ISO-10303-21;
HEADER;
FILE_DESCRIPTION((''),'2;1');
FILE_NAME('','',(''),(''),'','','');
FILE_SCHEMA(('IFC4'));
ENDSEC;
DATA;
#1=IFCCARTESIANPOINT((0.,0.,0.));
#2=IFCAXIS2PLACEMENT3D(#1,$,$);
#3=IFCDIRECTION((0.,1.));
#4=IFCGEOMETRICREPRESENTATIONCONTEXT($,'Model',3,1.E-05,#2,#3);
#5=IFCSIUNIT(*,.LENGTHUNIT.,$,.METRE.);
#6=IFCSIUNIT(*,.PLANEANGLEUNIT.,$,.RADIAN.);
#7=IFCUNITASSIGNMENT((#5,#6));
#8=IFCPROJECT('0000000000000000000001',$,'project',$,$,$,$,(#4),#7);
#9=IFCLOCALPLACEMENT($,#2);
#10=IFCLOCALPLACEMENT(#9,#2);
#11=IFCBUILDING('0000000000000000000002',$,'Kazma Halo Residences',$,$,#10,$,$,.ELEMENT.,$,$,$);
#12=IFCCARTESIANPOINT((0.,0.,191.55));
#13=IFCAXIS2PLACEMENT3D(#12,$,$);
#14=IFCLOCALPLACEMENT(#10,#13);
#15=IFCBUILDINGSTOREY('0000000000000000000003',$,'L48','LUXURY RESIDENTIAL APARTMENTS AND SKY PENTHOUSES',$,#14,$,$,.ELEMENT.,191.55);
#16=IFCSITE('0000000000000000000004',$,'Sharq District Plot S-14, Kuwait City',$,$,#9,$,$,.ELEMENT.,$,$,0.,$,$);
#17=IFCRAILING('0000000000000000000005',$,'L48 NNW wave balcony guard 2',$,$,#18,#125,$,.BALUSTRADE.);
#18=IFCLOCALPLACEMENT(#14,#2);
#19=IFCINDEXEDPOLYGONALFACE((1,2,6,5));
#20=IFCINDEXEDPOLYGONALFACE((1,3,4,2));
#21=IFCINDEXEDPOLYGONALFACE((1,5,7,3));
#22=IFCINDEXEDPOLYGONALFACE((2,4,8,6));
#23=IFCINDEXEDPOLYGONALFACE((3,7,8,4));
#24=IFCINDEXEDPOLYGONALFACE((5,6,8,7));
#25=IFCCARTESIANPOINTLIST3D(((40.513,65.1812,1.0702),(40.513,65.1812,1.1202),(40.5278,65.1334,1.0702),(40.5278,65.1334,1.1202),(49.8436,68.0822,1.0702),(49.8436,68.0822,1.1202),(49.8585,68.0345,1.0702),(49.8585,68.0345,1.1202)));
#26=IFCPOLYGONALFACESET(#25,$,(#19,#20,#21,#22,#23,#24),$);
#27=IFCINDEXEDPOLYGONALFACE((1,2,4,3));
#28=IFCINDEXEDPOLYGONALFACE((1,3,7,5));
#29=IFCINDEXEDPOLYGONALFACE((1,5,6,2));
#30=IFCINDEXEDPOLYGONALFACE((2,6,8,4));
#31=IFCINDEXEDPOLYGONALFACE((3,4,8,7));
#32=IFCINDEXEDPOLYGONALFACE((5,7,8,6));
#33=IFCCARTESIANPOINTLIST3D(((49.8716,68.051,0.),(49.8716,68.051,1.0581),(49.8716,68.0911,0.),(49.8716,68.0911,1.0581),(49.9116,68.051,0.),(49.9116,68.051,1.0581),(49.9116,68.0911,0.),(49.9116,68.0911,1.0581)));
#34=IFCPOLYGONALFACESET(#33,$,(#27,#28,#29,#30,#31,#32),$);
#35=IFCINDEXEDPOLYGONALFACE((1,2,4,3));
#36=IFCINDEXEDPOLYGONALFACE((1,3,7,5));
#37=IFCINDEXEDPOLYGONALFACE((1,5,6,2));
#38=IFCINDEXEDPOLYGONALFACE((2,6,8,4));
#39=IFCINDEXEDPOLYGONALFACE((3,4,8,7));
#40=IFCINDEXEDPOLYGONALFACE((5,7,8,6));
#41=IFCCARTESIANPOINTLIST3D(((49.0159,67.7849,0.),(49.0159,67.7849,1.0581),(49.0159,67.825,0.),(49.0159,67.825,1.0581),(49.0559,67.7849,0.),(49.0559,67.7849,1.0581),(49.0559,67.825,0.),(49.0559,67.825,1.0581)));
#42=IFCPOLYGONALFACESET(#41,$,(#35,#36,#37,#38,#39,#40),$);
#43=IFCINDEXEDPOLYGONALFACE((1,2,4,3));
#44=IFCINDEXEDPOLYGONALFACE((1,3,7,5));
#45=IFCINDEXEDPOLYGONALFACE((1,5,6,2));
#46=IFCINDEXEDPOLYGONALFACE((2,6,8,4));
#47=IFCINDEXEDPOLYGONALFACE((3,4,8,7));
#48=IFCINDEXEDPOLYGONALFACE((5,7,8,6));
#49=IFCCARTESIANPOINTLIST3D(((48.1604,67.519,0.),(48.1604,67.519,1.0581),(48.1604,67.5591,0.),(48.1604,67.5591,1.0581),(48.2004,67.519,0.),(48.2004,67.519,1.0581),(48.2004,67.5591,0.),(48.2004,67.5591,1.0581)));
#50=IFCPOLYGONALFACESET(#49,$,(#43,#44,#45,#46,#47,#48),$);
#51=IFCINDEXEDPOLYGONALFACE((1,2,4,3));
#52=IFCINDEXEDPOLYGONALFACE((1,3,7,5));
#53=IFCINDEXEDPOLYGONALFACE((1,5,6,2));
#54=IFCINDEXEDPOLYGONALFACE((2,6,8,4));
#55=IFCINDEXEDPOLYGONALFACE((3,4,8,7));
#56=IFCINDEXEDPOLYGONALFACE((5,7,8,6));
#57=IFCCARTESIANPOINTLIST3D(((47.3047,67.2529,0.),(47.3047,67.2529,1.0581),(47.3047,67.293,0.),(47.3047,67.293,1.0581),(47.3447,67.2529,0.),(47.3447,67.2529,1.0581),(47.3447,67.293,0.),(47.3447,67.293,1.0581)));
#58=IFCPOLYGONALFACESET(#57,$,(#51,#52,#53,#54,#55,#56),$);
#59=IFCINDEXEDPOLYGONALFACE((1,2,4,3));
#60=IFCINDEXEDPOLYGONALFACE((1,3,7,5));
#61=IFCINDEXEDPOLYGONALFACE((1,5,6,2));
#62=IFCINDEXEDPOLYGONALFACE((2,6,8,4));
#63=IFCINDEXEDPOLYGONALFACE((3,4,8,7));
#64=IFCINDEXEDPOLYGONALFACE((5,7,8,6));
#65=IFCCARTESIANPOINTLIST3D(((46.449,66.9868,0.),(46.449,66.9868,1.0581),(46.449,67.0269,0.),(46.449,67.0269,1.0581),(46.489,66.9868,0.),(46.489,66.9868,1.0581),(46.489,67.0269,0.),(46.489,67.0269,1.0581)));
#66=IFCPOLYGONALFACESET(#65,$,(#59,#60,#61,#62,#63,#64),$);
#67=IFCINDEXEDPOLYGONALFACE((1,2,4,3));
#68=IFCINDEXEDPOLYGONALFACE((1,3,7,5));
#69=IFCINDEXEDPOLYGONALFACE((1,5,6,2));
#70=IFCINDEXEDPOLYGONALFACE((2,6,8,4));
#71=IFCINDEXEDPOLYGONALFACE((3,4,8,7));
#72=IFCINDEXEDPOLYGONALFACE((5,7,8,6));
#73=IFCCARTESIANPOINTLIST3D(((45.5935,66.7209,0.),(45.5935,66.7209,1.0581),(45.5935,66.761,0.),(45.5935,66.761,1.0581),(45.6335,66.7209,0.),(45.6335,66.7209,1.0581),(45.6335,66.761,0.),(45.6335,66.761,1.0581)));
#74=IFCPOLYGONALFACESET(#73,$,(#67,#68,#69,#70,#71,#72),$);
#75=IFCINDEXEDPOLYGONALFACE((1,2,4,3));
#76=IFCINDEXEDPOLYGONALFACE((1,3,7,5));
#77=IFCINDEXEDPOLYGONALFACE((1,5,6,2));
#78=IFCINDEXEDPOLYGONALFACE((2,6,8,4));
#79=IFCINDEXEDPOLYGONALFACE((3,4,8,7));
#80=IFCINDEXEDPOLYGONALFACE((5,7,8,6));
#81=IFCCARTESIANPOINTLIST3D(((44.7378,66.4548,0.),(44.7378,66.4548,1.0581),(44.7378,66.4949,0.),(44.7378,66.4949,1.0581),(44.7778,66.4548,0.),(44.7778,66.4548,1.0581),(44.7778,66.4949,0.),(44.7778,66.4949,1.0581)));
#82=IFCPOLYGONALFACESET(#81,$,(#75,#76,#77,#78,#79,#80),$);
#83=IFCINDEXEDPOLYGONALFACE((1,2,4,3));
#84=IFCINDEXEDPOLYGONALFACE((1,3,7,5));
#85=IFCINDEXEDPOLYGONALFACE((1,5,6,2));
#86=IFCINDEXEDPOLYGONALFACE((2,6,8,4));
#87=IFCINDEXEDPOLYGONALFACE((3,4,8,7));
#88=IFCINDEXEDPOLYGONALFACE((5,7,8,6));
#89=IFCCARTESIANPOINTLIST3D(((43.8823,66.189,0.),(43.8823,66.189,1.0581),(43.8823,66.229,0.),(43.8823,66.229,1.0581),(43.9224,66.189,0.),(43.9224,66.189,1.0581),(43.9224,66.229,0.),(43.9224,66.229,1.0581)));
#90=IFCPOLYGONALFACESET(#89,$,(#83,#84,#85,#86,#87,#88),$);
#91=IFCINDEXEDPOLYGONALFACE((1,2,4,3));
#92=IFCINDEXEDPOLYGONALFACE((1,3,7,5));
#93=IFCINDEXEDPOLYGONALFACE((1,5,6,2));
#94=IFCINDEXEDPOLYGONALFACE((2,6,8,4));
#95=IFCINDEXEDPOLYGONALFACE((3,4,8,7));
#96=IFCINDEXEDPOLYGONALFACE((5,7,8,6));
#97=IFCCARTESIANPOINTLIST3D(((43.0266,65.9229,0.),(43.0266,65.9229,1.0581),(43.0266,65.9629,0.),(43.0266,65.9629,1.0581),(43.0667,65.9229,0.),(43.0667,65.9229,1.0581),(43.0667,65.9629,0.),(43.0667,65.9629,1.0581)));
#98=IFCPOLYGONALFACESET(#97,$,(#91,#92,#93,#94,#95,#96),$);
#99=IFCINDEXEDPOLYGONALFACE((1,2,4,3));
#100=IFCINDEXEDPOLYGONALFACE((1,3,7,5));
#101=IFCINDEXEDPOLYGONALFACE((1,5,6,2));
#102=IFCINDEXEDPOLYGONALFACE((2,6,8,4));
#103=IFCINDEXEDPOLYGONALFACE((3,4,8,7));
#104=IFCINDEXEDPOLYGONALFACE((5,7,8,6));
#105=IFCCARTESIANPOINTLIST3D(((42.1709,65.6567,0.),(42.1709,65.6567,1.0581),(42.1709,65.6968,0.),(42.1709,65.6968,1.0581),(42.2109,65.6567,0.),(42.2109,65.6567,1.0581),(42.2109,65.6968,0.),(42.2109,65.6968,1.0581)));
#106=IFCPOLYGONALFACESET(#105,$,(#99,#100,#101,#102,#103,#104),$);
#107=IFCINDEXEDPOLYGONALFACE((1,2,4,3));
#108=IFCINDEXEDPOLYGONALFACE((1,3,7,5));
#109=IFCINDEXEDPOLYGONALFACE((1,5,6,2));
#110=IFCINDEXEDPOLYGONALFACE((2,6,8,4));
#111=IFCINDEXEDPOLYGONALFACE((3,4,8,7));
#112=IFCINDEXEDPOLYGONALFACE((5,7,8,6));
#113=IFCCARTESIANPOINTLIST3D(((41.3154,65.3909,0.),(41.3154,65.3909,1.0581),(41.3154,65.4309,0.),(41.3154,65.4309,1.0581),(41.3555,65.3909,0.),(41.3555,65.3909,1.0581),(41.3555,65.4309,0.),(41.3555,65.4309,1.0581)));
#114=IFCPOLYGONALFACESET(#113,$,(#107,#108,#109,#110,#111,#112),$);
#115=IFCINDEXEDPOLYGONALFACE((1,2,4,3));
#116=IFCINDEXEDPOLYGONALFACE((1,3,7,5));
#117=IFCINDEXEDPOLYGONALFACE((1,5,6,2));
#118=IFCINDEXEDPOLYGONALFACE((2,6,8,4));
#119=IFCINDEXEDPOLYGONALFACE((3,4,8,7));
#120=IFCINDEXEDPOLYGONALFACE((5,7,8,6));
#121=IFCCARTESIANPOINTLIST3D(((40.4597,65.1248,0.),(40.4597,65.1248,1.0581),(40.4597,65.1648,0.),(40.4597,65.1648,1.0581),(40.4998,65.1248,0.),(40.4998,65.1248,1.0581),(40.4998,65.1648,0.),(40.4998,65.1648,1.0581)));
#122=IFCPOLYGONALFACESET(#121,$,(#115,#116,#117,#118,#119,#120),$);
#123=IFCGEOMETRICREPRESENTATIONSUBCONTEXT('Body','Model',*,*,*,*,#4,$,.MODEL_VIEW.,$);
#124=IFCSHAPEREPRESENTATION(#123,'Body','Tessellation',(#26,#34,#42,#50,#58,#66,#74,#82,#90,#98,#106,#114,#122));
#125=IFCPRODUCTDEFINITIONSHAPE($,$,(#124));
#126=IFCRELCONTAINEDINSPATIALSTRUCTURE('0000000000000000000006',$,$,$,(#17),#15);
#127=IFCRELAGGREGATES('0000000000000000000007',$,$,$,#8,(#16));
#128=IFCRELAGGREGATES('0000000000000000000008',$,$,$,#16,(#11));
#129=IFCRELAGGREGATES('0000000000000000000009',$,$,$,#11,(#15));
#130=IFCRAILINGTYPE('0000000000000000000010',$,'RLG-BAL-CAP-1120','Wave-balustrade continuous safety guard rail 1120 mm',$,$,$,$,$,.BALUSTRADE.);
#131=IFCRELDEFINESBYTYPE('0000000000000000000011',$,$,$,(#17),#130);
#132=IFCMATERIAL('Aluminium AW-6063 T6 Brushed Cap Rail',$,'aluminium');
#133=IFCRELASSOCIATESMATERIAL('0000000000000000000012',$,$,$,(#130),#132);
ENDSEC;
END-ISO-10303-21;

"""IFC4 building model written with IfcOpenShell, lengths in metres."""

from ifc_helpers import new_model, si_unit, direction, frame, origin, origin_2d, place, context, subcontext, project, spatial, rectangle, extrude, material, type_object, element, save


model = new_model("IFC4")

# Units and contexts
model_context = context("Model", 3, precision=1e-05, world=origin(), true_north=direction((0.0, 1.0)))
body_context = subcontext(model_context, "Body", "Model", "MODEL_VIEW")
ifc_project = project(units=[si_unit("LENGTHUNIT", "METRE"), si_unit("PLANEANGLEUNIT", "RADIAN")], contexts=[model_context])

# Site, building, storey
site_placement = place(None, origin())
site = spatial("IfcSite", under=ifc_project, at=site_placement, Name="Sharq District Plot S-14, Kuwait City", CompositionType="ELEMENT", RefElevation=0.0)
building_placement = place(site_placement, origin())
building = spatial("IfcBuilding", under=site, at=building_placement, Name="Kazma Halo Residences", CompositionType="ELEMENT")
storey_placement = place(building_placement, frame((0.0, 0.0, 191.55)))
storey = spatial("IfcBuildingStorey", under=building, at=storey_placement, Name="L48", Description="LUXURY RESIDENTIAL APARTMENTS AND SKY PENTHOUSES", CompositionType="ELEMENT", Elevation=191.55)

# Railing
ifc_material_1 = material(Name="Aluminium AW-6063 T6 Brushed Cap Rail", Category="aluminium")
railing_type = type_object("IfcRailingType", Name="RLG-BAL-CAP-1120", Description="Wave-balustrade continuous safety guard rail 1120 mm", PredefinedType="BALUSTRADE", material=ifc_material_1)
railing_1_placement = place(storey_placement, frame((49.8916, 68.071, 0.0)))
element("IfcRailing", 1, at=railing_1_placement, inside=storey, type_object=railing_type, Name="L48 NNW wave balcony guard 2", PredefinedType="BALUSTRADE", context=body_context, shape_type="SweptSolid", body=[
    extrude(rectangle(XDim=0.05, YDim=0.05, at=origin_2d()), frame((-0.0405, -0.0127, 1.0952), z_axis=(-0.95491, -0.296894, 0.0), x_axis=(0.296894, -0.95491, 0.0)), (0.0, 0.0, 1.0), 9.7712),
    extrude(rectangle(XDim=0.04, YDim=0.04, at=origin_2d()), origin(), (0.0, 0.0, 1.0), 1.0581),
    extrude(rectangle(XDim=0.04, YDim=0.04, at=origin_2d()), frame((-0.8557, -0.2661, 0.0)), (0.0, 0.0, 1.0), 1.0581),
    extrude(rectangle(XDim=0.04, YDim=0.04, at=origin_2d()), frame((-1.7112, -0.532, 0.0)), (0.0, 0.0, 1.0), 1.0581),
    extrude(rectangle(XDim=0.04, YDim=0.04, at=origin_2d()), frame((-2.5669, -0.7981, 0.0)), (0.0, 0.0, 1.0), 1.0581),
    extrude(rectangle(XDim=0.04, YDim=0.04, at=origin_2d()), frame((-3.4226, -1.0642, 0.0)), (0.0, 0.0, 1.0), 1.0581),
    extrude(rectangle(XDim=0.04, YDim=0.04, at=origin_2d()), frame((-4.2781, -1.3301, 0.0)), (0.0, 0.0, 1.0), 1.0581),
    extrude(rectangle(XDim=0.04, YDim=0.04, at=origin_2d()), frame((-5.1338, -1.5962, 0.0)), (0.0, 0.0, 1.0), 1.0581),
    extrude(rectangle(XDim=0.04, YDim=0.04, at=origin_2d()), frame((-5.9893, -1.8621, 0.0)), (0.0, 0.0, 1.0), 1.0581),
    extrude(rectangle(XDim=0.04, YDim=0.04, at=origin_2d()), frame((-6.845, -2.1282, 0.0)), (0.0, 0.0, 1.0), 1.0581),
    extrude(rectangle(XDim=0.04, YDim=0.04, at=origin_2d()), frame((-7.7007, -2.3943, 0.0)), (0.0, 0.0, 1.0), 1.0581),
    extrude(rectangle(XDim=0.04, YDim=0.04, at=origin_2d()), frame((-8.5562, -2.6602, 0.0)), (0.0, 0.0, 1.0), 1.0581),
    extrude(rectangle(XDim=0.04, YDim=0.04, at=origin_2d()), frame((-9.4119, -2.9263, 0.0)), (0.0, 0.0, 1.0), 1.0581),
])

save(model, "model.ifc")
